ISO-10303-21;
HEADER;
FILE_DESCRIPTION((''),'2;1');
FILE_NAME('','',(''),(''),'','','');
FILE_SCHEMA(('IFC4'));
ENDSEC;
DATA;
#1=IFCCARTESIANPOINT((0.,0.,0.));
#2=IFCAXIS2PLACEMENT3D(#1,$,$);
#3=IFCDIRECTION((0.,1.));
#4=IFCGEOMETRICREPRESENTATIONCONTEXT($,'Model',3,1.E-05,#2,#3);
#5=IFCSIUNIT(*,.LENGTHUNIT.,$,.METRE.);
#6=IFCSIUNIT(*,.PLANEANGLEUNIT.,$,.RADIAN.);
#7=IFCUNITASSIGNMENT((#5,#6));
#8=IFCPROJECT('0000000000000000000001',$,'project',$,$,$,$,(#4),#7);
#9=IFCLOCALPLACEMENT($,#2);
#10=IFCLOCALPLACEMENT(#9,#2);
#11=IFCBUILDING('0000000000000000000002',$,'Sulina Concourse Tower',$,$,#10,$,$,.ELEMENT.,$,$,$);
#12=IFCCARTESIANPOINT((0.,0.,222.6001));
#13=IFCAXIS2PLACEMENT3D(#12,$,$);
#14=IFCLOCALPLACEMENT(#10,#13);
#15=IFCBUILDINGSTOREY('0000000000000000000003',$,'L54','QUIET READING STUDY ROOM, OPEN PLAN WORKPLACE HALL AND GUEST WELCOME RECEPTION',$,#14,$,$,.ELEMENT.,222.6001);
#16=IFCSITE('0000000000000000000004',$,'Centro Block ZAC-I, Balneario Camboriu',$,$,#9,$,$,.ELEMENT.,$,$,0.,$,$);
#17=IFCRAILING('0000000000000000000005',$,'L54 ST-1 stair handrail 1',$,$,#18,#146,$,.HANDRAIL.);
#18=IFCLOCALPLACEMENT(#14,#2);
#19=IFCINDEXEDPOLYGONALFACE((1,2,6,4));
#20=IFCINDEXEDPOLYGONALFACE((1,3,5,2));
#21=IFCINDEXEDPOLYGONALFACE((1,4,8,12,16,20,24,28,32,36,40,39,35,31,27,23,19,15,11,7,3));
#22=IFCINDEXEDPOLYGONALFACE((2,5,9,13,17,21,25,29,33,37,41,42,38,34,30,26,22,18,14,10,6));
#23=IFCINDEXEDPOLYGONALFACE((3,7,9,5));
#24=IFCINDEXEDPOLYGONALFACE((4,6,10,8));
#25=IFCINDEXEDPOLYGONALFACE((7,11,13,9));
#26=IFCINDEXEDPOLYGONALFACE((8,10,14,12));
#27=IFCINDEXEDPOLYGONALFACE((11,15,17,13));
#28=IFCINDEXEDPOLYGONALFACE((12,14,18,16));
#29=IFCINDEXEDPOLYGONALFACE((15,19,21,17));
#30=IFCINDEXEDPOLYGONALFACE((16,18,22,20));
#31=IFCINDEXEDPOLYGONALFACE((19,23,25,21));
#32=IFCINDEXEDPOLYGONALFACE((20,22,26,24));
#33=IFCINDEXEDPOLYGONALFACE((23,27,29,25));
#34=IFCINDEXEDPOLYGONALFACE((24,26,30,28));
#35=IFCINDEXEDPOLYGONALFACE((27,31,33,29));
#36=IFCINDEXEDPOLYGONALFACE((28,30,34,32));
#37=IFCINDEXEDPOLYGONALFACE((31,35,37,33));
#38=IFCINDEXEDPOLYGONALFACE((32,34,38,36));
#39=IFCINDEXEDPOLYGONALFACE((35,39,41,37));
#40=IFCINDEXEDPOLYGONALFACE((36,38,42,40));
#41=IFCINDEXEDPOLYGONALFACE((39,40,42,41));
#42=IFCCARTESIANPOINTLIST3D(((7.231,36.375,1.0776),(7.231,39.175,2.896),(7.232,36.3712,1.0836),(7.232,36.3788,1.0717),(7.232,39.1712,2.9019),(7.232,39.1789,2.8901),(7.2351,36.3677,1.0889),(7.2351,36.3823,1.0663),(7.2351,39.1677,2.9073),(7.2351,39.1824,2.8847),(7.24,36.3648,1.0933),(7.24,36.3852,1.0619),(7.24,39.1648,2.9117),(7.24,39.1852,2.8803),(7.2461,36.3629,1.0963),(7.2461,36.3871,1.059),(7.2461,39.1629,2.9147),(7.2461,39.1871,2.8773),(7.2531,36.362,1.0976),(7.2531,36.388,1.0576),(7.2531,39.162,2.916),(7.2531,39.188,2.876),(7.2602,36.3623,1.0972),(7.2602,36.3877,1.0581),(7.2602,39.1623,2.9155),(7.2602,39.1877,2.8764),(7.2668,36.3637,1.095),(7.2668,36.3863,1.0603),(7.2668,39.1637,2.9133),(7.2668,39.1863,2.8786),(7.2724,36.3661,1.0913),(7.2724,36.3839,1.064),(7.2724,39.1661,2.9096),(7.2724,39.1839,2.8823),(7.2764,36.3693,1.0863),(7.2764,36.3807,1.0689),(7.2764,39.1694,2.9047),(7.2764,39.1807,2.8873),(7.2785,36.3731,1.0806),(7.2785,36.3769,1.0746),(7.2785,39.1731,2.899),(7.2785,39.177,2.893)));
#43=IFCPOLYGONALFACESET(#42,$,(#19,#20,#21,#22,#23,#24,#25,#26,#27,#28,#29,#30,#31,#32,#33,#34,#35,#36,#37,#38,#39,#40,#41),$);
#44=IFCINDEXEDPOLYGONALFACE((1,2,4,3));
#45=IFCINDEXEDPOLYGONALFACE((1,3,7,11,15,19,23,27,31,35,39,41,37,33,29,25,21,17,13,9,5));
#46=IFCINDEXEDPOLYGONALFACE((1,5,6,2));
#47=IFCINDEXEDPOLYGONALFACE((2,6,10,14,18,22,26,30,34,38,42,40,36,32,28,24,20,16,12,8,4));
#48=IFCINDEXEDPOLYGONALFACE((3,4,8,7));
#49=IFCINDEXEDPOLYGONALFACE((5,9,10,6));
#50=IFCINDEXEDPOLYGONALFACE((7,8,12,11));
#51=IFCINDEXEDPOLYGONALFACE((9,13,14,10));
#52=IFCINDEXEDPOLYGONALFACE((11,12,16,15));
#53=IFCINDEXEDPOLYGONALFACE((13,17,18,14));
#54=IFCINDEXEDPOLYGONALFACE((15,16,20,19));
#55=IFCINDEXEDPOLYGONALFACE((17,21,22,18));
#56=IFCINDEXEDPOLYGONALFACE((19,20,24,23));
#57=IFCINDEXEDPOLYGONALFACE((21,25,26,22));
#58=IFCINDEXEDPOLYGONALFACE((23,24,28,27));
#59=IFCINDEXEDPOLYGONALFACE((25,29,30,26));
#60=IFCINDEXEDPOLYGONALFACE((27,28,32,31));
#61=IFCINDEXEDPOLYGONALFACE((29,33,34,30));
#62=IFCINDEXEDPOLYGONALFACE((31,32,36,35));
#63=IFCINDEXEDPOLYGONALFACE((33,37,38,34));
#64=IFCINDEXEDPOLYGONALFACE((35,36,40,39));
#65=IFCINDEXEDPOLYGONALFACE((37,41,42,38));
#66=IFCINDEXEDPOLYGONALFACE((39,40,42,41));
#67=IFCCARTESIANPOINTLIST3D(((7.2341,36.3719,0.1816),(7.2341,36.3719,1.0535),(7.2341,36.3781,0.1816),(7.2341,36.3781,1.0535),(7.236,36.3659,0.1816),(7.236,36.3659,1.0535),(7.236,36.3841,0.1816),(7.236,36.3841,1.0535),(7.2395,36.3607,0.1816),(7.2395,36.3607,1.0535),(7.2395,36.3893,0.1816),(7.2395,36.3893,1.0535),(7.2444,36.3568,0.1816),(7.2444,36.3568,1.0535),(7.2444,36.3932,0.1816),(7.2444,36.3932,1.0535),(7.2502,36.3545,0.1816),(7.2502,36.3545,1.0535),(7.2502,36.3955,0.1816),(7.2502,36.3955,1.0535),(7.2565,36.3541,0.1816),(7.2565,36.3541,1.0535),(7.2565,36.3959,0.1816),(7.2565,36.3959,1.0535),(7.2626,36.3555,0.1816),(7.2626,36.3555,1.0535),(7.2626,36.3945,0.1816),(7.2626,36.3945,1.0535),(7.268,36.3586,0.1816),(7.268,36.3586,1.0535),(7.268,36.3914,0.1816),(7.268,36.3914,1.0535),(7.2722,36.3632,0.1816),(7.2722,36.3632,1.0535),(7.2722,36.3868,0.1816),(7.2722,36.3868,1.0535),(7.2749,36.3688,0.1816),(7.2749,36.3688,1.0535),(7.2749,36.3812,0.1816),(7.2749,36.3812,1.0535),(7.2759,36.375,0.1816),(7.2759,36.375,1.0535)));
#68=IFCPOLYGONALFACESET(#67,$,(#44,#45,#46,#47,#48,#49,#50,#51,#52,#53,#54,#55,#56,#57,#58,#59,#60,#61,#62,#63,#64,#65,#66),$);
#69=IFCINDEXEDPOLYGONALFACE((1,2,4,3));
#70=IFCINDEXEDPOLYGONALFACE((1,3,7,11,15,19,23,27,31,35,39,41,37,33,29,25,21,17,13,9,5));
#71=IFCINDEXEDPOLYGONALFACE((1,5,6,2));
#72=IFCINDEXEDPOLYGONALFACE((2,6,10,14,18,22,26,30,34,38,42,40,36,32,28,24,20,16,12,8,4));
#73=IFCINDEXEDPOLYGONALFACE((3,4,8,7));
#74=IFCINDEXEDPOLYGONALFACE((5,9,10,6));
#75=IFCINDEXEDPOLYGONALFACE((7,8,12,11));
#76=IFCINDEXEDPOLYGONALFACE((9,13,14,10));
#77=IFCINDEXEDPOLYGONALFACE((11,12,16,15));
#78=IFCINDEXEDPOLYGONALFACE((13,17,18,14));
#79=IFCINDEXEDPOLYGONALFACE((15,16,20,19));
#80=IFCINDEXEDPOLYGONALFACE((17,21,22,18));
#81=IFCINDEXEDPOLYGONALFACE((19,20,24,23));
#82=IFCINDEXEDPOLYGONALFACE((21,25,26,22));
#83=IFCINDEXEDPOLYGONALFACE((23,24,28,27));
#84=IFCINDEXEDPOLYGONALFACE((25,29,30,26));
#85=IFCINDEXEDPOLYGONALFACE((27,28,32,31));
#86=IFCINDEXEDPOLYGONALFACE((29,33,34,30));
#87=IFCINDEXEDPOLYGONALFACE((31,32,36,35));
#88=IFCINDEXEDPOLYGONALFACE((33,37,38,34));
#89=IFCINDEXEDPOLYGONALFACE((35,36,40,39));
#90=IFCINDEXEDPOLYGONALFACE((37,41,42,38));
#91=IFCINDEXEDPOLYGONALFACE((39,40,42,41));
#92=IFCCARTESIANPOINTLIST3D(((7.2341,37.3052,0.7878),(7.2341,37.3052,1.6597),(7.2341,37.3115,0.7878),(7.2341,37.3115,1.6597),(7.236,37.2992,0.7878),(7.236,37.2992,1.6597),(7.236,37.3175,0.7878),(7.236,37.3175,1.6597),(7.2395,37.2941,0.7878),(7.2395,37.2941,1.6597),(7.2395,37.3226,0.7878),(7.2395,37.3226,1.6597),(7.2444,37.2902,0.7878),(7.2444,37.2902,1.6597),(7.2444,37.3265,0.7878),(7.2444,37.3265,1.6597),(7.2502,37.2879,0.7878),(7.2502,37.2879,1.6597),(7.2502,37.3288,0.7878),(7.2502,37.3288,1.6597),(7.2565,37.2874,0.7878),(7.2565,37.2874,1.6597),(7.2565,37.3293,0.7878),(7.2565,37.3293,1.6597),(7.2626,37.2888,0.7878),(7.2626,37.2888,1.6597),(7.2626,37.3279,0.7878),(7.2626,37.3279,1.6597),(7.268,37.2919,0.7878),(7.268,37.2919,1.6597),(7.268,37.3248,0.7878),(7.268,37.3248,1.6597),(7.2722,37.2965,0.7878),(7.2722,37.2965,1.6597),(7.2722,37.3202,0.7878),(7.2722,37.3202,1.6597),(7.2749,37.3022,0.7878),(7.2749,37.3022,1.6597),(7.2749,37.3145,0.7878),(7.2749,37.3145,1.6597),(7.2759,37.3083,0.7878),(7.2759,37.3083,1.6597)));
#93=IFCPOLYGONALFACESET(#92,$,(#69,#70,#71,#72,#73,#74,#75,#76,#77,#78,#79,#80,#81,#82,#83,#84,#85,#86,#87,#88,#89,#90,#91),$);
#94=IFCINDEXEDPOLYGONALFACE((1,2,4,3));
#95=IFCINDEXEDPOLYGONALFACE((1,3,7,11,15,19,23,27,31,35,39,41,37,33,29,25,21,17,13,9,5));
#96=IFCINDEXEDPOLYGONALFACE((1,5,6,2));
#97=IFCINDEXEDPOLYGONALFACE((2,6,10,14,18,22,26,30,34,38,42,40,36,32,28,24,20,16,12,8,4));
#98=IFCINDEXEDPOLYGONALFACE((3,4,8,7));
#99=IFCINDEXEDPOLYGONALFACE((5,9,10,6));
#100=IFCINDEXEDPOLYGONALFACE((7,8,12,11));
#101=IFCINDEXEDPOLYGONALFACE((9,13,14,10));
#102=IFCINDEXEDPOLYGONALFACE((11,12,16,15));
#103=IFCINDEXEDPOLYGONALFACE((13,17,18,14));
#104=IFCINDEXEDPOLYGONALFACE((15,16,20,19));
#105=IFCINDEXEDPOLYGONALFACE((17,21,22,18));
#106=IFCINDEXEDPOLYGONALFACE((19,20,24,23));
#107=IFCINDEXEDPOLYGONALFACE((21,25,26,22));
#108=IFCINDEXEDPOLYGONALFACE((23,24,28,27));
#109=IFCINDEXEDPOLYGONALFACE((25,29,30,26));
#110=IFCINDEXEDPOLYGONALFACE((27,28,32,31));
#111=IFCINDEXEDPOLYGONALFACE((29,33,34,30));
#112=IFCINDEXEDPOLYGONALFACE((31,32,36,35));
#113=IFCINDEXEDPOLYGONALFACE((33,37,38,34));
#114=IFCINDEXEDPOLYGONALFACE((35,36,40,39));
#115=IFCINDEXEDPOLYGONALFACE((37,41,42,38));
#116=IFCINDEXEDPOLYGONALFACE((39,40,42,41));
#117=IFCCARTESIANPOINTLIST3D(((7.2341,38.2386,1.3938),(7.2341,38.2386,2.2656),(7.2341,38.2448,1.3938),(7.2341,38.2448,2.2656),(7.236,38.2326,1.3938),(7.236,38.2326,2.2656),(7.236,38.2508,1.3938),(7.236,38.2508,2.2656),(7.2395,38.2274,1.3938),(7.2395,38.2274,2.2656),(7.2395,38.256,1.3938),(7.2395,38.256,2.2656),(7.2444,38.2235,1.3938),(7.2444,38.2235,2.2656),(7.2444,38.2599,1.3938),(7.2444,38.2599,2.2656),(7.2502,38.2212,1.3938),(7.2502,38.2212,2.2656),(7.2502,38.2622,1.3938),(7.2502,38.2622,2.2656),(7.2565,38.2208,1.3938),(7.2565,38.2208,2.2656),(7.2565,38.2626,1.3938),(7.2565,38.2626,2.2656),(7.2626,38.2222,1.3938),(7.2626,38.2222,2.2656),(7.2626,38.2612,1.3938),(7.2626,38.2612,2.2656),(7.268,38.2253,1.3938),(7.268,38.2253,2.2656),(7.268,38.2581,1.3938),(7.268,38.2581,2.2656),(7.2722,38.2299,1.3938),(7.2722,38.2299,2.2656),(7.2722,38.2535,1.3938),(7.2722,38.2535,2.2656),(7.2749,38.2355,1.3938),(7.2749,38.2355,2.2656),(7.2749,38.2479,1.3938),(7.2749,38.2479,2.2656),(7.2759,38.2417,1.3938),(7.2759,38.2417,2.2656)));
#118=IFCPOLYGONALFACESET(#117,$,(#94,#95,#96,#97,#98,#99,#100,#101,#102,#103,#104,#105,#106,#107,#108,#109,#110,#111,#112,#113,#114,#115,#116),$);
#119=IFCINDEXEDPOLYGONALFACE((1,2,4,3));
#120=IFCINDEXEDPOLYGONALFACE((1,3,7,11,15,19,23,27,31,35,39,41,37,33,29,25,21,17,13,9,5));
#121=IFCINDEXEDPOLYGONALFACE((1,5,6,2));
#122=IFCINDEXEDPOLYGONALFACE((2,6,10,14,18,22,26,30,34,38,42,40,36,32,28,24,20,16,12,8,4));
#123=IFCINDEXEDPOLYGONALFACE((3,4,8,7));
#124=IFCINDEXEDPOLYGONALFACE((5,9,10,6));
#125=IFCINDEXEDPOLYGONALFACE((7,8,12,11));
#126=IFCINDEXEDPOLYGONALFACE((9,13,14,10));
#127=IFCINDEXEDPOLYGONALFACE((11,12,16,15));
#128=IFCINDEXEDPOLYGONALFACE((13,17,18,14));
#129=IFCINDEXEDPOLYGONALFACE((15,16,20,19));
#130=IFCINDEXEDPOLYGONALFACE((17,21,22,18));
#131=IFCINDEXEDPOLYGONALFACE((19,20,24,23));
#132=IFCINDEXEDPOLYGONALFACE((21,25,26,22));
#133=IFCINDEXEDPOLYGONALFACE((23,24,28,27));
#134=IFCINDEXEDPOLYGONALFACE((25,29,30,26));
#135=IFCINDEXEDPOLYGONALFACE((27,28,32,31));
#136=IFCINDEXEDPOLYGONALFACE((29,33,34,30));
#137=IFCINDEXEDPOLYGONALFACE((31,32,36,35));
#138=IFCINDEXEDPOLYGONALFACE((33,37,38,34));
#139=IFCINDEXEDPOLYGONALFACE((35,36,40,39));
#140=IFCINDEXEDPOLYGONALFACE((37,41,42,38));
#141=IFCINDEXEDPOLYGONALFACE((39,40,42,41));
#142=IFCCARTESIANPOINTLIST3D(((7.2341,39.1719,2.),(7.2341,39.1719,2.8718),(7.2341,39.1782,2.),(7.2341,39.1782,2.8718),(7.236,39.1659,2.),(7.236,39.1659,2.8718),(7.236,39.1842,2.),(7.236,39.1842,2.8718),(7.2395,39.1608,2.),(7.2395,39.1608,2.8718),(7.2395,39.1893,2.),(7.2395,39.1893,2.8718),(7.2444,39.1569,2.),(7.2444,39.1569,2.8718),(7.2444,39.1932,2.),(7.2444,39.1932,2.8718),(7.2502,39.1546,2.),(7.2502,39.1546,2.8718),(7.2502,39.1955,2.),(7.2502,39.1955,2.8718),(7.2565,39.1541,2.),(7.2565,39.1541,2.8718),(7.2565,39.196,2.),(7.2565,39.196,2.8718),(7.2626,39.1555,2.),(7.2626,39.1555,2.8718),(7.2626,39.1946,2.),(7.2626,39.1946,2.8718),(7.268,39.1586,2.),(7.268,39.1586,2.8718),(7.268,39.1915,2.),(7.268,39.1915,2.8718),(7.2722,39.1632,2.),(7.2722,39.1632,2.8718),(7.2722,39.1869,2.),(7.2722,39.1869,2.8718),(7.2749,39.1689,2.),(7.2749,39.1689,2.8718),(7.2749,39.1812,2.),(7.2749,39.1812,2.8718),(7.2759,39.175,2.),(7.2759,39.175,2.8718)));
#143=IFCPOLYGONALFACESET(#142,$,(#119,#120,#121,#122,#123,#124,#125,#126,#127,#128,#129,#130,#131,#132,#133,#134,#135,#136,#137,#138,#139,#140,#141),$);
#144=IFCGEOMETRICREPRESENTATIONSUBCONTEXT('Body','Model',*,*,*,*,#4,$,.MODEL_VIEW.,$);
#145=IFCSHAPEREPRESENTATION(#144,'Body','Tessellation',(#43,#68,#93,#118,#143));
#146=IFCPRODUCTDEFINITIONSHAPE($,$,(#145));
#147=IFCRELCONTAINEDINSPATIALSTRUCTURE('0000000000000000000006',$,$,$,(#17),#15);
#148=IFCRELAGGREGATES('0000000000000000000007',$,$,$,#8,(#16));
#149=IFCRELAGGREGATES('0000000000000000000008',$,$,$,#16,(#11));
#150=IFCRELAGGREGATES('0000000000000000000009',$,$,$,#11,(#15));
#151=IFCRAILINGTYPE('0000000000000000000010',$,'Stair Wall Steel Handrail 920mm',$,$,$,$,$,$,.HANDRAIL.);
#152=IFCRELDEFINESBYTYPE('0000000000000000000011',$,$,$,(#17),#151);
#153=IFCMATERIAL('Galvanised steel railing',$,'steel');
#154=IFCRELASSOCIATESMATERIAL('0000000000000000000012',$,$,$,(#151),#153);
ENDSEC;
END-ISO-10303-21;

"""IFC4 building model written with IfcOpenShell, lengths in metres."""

from ifc_helpers import new_model, si_unit, direction, frame, origin, origin_2d, place, context, subcontext, project, spatial, circle, extrude, material, type_object, element, save


model = new_model("IFC4")

# Units and contexts
model_context = context("Model", 3, precision=1e-05, world=origin(), true_north=direction((0.0, 1.0)))
body_context = subcontext(model_context, "Body", "Model", "MODEL_VIEW")
ifc_project = project(units=[si_unit("LENGTHUNIT", "METRE"), si_unit("PLANEANGLEUNIT", "RADIAN")], contexts=[model_context])

# Site, building, storey
site_placement = place(None, origin())
site = spatial("IfcSite", under=ifc_project, at=site_placement, Name="Centro Block ZAC-I, Balneario Camboriu", CompositionType="ELEMENT", RefElevation=0.0)
building_placement = place(site_placement, origin())
building = spatial("IfcBuilding", under=site, at=building_placement, Name="Sulina Concourse Tower", CompositionType="ELEMENT")
storey_placement = place(building_placement, frame((0.0, 0.0, 222.6001)))
storey = spatial("IfcBuildingStorey", under=building, at=storey_placement, Name="L54", Description="QUIET READING STUDY ROOM, OPEN PLAN WORKPLACE HALL AND GUEST WELCOME RECEPTION", CompositionType="ELEMENT", Elevation=222.6001)

# Railing
ifc_material_1 = material(Name="Galvanised steel railing", Category="steel")
railing_type_1 = type_object("IfcRailingType", Name="Stair Wall Steel Handrail 920mm", PredefinedType="HANDRAIL", material=ifc_material_1)
railing_1_placement = place(storey_placement, frame((7.2549, 36.375, 0.1816)))
element("IfcRailing", 1, at=railing_1_placement, inside=storey, type_object=railing_type_1, Name="L54 ST-1 stair handrail 1", PredefinedType="HANDRAIL", context=body_context, shape_type="SweptSolid", body=[
    extrude(circle(Radius=0.0239, at=origin_2d()), frame((0.0, 0.0, 0.896), z_axis=(0.0, 0.838672, 0.544636), x_axis=(-1.0, 0.0, 0.0)), (0.0, 0.0, 1.0), 3.3386),
    extrude(circle(Radius=0.021, at=origin_2d()), origin(), (0.0, 0.0, 1.0), 0.8718),
    extrude(circle(Radius=0.021, at=origin_2d()), frame((0.0, 0.9333, 0.6062)), (0.0, 0.0, 1.0), 0.8718),
    extrude(circle(Radius=0.021, at=origin_2d()), frame((0.0, 1.8667, 1.2122)), (0.0, 0.0, 1.0), 0.8718),
    extrude(circle(Radius=0.021, at=origin_2d()), frame((0.0, 2.8, 1.8184)), (0.0, 0.0, 1.0), 0.8718),
])

save(model, "model.ifc")
